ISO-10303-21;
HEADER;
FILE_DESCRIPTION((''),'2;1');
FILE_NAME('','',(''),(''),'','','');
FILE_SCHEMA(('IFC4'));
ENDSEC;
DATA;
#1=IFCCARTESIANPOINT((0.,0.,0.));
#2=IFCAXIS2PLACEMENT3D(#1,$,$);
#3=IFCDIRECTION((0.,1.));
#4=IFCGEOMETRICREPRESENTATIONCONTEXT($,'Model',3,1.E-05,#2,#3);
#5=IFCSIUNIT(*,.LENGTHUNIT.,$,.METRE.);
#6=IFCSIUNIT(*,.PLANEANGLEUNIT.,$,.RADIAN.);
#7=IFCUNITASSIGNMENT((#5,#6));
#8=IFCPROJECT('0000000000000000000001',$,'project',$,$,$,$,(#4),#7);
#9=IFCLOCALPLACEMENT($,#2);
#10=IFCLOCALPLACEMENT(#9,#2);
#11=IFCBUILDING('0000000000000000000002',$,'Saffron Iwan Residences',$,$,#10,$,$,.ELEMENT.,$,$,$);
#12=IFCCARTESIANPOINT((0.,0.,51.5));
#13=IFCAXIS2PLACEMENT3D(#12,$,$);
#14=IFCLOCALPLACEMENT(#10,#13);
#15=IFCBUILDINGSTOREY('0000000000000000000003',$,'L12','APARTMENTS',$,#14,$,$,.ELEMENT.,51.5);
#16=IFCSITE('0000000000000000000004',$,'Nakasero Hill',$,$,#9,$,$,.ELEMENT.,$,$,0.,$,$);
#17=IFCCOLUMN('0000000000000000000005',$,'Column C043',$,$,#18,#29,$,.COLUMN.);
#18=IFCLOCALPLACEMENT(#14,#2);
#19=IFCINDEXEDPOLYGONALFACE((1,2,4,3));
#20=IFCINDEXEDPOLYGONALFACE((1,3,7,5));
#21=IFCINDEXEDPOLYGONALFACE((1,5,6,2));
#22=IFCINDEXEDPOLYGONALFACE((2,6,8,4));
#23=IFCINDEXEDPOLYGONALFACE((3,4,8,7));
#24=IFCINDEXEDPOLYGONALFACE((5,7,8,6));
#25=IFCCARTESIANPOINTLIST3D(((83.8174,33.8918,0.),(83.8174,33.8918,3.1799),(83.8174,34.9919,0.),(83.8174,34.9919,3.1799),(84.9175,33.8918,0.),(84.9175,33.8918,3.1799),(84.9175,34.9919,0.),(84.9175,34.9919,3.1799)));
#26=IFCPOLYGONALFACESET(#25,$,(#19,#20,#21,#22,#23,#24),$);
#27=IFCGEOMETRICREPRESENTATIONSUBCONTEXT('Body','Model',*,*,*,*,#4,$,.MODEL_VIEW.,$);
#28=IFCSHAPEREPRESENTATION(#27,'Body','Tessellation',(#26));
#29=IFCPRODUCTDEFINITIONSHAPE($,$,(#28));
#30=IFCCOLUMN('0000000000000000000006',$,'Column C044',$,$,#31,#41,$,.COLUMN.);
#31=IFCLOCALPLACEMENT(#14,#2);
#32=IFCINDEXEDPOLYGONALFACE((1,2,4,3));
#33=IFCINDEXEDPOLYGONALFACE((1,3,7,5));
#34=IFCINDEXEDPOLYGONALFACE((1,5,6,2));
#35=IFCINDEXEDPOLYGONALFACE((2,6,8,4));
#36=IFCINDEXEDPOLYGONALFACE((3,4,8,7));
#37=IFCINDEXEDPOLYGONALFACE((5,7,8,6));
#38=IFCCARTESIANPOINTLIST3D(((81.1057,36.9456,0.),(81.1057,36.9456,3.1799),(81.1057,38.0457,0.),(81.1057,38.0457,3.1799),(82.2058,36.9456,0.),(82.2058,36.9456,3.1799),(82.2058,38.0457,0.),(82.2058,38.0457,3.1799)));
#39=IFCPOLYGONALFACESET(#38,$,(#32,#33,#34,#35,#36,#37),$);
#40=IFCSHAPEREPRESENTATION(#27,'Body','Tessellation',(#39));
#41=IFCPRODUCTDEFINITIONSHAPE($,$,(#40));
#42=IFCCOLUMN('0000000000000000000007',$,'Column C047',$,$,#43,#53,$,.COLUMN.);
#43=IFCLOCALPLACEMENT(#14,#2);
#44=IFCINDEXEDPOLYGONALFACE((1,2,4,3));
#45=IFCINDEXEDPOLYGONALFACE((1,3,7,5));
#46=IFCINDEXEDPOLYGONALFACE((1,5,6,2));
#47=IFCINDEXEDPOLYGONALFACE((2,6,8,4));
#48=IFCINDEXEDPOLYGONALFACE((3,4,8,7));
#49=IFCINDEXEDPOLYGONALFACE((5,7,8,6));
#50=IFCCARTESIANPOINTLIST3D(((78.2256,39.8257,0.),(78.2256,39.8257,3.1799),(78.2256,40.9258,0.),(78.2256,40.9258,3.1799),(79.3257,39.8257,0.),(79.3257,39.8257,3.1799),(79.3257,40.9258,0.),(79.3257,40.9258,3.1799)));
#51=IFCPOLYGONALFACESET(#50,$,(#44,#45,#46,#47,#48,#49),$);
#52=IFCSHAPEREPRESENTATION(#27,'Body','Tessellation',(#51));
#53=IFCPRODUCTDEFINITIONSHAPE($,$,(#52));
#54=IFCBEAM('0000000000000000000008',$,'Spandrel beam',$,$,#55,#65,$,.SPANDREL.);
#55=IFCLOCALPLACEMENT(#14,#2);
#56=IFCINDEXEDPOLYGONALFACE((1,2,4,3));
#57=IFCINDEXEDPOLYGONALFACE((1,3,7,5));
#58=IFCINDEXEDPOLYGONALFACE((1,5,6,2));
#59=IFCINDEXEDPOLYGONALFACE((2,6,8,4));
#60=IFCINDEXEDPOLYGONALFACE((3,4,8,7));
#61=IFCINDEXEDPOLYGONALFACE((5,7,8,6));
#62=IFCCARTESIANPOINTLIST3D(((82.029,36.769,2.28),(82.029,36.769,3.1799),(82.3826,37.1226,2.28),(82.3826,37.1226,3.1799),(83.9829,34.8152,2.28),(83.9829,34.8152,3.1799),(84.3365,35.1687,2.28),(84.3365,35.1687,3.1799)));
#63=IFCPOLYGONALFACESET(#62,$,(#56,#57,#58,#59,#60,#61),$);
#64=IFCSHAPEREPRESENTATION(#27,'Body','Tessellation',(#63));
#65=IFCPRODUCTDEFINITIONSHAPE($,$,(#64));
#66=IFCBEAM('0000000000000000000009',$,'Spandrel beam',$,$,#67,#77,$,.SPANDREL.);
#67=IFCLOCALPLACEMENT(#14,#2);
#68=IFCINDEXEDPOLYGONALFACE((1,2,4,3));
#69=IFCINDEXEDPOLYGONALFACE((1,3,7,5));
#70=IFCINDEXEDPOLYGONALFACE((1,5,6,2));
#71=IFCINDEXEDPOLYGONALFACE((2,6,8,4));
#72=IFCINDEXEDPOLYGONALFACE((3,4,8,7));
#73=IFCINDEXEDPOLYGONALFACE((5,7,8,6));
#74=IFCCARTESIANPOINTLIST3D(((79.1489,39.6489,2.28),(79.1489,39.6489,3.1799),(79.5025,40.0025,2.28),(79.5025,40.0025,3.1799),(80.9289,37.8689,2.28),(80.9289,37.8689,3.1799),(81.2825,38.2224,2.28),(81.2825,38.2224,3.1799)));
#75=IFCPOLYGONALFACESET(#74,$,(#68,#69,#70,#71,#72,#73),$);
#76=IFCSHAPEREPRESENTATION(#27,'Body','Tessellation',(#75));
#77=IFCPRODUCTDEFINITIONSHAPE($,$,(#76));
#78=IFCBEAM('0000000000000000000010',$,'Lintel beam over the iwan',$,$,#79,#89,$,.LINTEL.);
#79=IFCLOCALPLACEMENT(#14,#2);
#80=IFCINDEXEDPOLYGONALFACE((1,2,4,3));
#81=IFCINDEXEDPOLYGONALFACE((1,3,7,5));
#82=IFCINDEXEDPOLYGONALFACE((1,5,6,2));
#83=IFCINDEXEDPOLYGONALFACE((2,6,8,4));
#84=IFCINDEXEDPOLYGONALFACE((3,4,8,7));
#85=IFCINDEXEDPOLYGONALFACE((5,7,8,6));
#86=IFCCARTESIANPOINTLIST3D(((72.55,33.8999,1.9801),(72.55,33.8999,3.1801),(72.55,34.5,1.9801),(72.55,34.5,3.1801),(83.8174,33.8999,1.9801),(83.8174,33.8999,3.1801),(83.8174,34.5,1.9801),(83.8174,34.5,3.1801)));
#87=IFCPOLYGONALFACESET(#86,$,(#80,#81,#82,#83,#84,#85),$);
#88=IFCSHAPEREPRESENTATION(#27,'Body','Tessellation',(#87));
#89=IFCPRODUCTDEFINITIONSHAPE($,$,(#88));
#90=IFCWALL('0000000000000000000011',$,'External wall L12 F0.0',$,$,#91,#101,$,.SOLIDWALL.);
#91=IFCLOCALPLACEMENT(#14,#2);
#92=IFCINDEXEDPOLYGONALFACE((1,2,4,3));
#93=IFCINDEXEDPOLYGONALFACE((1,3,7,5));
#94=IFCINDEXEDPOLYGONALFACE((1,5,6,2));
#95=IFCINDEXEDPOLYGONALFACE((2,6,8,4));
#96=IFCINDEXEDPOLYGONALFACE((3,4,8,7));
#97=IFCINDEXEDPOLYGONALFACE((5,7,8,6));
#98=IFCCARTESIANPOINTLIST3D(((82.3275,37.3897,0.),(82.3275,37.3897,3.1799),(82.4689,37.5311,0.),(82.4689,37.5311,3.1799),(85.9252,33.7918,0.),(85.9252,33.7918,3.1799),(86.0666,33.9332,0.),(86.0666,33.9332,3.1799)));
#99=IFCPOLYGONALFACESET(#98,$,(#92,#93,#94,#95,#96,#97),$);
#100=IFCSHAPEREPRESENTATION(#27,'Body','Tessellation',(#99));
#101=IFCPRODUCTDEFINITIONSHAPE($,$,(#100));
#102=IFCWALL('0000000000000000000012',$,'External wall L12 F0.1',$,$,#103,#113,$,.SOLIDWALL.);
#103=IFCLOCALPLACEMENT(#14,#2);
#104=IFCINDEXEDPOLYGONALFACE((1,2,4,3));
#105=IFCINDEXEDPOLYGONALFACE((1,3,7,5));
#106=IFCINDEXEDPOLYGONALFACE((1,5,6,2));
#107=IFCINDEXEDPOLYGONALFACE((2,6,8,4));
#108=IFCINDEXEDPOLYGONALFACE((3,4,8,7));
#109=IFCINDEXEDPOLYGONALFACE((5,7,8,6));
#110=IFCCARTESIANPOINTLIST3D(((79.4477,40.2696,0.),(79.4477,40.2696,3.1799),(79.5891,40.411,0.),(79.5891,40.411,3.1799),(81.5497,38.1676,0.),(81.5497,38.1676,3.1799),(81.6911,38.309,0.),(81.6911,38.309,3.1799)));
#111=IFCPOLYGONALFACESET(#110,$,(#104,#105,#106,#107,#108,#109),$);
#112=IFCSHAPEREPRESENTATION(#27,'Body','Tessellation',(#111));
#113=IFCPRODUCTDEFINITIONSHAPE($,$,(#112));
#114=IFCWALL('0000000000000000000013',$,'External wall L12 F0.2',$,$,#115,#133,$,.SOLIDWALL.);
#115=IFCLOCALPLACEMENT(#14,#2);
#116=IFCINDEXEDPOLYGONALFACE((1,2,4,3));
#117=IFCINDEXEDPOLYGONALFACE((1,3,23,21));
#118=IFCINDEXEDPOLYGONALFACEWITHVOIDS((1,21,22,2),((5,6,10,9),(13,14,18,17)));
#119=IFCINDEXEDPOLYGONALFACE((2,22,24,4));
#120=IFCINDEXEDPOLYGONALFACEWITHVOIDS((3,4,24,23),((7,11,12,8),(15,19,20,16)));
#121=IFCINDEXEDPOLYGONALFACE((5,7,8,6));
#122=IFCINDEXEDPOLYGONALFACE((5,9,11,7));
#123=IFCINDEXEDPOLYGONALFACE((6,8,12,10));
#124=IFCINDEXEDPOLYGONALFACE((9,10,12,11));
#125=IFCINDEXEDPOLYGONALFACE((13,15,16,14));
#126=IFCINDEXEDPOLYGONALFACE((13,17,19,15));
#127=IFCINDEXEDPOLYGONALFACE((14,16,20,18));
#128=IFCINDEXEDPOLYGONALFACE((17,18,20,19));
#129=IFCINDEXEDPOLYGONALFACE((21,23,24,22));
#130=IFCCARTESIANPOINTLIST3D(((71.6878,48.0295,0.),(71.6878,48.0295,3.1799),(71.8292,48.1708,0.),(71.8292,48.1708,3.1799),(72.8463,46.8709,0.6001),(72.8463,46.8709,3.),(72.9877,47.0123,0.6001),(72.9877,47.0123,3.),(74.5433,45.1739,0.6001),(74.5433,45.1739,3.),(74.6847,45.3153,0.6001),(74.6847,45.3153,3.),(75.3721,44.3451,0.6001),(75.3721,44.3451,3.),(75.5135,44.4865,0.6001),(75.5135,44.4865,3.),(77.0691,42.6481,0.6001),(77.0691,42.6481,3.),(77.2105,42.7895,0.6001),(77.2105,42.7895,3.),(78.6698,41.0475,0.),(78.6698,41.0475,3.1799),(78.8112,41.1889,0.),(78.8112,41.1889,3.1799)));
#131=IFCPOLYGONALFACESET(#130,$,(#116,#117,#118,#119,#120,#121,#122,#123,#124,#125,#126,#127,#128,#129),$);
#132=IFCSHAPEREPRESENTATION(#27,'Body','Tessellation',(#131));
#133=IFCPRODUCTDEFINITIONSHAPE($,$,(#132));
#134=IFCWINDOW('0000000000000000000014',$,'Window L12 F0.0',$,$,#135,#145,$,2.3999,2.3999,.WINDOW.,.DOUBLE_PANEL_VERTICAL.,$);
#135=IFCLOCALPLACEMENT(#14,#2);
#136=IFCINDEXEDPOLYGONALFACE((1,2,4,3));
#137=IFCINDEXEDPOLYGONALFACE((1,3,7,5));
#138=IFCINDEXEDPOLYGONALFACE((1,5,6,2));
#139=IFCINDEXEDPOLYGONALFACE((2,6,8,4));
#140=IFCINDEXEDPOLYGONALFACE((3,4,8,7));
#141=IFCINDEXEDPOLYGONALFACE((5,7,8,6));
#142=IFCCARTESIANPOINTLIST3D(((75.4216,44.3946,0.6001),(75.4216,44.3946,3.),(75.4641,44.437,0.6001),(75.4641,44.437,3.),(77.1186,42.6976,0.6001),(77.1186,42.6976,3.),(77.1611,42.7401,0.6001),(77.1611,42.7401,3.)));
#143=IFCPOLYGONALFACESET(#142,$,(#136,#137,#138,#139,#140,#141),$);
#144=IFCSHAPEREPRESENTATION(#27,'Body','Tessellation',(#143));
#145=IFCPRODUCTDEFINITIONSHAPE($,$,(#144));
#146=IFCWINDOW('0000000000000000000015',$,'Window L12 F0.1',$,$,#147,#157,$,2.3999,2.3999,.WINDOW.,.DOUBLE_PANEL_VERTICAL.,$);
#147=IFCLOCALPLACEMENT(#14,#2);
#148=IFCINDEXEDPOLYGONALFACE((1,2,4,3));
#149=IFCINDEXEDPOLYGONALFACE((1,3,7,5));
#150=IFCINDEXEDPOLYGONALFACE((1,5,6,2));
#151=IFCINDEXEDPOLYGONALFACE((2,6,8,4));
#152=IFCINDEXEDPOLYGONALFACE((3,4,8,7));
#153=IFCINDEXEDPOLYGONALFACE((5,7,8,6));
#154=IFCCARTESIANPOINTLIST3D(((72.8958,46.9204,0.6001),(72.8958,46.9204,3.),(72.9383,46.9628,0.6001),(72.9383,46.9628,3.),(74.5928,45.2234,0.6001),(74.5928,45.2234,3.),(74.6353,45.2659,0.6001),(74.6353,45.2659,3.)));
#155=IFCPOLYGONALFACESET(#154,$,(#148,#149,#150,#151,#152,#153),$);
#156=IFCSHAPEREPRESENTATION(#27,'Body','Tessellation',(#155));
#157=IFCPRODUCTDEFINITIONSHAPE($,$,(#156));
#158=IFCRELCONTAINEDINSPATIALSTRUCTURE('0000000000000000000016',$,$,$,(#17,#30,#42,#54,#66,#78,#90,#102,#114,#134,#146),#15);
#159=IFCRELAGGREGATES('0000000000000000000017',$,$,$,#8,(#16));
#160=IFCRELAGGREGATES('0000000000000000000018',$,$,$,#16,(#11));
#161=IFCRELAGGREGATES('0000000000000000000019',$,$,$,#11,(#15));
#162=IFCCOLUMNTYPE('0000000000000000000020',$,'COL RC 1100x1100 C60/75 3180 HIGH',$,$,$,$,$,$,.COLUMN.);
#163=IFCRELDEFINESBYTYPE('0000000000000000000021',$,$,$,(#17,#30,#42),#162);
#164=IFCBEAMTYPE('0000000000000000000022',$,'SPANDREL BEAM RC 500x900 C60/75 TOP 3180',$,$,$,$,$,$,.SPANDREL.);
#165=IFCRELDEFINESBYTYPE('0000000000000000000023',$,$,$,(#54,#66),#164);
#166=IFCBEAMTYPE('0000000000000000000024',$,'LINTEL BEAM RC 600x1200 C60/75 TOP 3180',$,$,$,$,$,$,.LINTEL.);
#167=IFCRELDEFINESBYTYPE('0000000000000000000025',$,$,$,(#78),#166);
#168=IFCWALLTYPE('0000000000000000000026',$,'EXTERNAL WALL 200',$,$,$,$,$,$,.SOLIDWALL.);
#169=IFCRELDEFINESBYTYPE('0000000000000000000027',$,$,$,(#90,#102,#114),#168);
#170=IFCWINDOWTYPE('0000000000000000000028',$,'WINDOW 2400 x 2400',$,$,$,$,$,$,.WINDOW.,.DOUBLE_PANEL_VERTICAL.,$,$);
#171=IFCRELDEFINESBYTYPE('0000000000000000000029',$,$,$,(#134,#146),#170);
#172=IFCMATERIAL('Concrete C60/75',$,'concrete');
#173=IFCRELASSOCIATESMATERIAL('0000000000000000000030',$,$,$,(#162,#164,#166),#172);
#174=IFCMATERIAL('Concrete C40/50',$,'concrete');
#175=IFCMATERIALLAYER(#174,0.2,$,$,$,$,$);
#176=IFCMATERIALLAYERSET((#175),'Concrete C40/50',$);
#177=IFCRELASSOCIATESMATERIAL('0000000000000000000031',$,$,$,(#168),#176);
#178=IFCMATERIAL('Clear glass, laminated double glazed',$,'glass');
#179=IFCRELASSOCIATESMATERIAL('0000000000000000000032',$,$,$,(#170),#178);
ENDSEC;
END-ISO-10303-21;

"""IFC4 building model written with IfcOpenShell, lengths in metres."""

from ifc_helpers import new_model, si_unit, direction, frame, frame_2d, origin, origin_2d, place, context, subcontext, project, spatial, rectangle, extrude, source, transform, mapped, material, layer, layer_set, material_profile, profile_set, type_object, element, fill, save


model = new_model("IFC4")

# Units and contexts
model_context = context("Model", 3, precision=1e-05, world=origin(), true_north=direction((0.0, 1.0)))
body_context = subcontext(model_context, "Body", "Model", "MODEL_VIEW")
ifc_project = project(units=[si_unit("LENGTHUNIT", "METRE"), si_unit("PLANEANGLEUNIT", "RADIAN")], contexts=[model_context])

# Site, building, storey
site_placement = place(None, origin())
site = spatial("IfcSite", under=ifc_project, at=site_placement, Name="Nakasero Hill", CompositionType="ELEMENT", RefElevation=0.0)
building_placement = place(site_placement, origin())
building = spatial("IfcBuilding", under=site, at=building_placement, Name="Saffron Iwan Residences", CompositionType="ELEMENT")
storey_placement = place(building_placement, frame((0.0, 0.0, 51.5)))
storey = spatial("IfcBuildingStorey", under=building, at=storey_placement, Name="L12", Description="APARTMENTS", CompositionType="ELEMENT", Elevation=51.5)

# Columns
ifc_material_1 = material(Name="Concrete C60/75", Category="concrete")
ifc_material_profile_1 = material_profile(ifc_material_1, rectangle(XDim=1.1001, YDim=1.1001, at=origin_2d()), Name="RC 1100x1100")
ifc_profile_set_1 = profile_set([ifc_material_profile_1], Name="Concrete C60/75")
column_type = type_object("IfcColumnType", Name="COL RC 1100x1100 C60/75 3180 HIGH", PredefinedType="COLUMN", material=ifc_profile_set_1)
shared_shape_1 = source(origin(), body_context, "Body", "SweptSolid", [
    extrude(rectangle(XDim=1.1001, YDim=1.1001, at=origin_2d()), origin(), (0.0, 0.0, 1.0), 3.1799),
])
for number, where, z_axis, x_axis, name in (
    (1, (84.3674, 34.4419, 0.0), (0.0, 0.0, 1.0), (1.0, 0.0, 0.0), "Column C043"),
    (2, (81.6558, 37.4956, 0.0), (0.0, 0.0, 1.0), (1.0, 0.0, 0.0), "Column C044"),
    (3, (78.7756, 40.3757, 0.0), (0.0, 0.0, 1.0), (1.0, 0.0, 0.0), "Column C047"),
):
    element("IfcColumn", number, at=place(storey_placement, frame(where, z_axis=z_axis, x_axis=x_axis)), inside=storey, type_object=column_type, Name=name, PredefinedType="COLUMN", context=body_context, shape_type="MappedRepresentation", body=[
        mapped(shared_shape_1, transform((0.0, 0.0, 0.0))),
    ])

# Beams
ifc_material_profile_2 = material_profile(ifc_material_1, rectangle(XDim=0.5, YDim=0.8999, at=origin_2d()), Name="RC 500x900")
ifc_profile_set_2 = profile_set([ifc_material_profile_2], Name="Concrete C60/75")
beam_type_1 = type_object("IfcBeamType", Name="SPANDREL BEAM RC 500x900 C60/75 TOP 3180", PredefinedType="SPANDREL", material=ifc_profile_set_2)
shared_shape_2 = source(origin(), body_context, "Body", "SweptSolid", [
    extrude(rectangle(XDim=0.5, YDim=0.8999, at=origin_2d()), origin(), (0.0, 0.0, 1.0), 2.7632),
])
beam_1_placement = place(storey_placement, frame((82.2058, 36.9458, 2.73), z_axis=(0.707107, -0.707107, 0.0), x_axis=(0.707107, 0.707107, 0.0)))
element("IfcBeam", 4, at=beam_1_placement, inside=storey, type_object=beam_type_1, Name="Spandrel beam", PredefinedType="SPANDREL", context=body_context, shape_type="MappedRepresentation", body=[
    mapped(shared_shape_2, transform((0.0, 0.0, 0.0))),
])
shared_shape_3 = source(origin(), body_context, "Body", "SweptSolid", [
    extrude(rectangle(XDim=0.5, YDim=0.8999, at=origin_2d()), origin(), (0.0, 0.0, 1.0), 2.5173),
])
beam_2_placement = place(storey_placement, frame((79.3257, 39.8257, 2.73), z_axis=(0.707107, -0.707107, 0.0), x_axis=(0.707107, 0.707107, 0.0)))
element("IfcBeam", 5, at=beam_2_placement, inside=storey, type_object=beam_type_1, Name="Spandrel beam", PredefinedType="SPANDREL", context=body_context, shape_type="MappedRepresentation", body=[
    mapped(shared_shape_3, transform((0.0, 0.0, 0.0))),
])
ifc_material_profile_3 = material_profile(ifc_material_1, rectangle(XDim=0.6001, YDim=1.2, at=origin_2d()), Name="RC 600x1200")
ifc_profile_set_3 = profile_set([ifc_material_profile_3], Name="Concrete C60/75")
beam_type_2 = type_object("IfcBeamType", Name="LINTEL BEAM RC 600x1200 C60/75 TOP 3180", PredefinedType="LINTEL", material=ifc_profile_set_3)
shared_shape_4 = source(origin(), body_context, "Body", "SweptSolid", [
    extrude(rectangle(XDim=0.6001, YDim=1.2, at=origin_2d()), origin(), (0.0, 0.0, 1.0), 11.2673),
])
beam_3_placement = place(storey_placement, frame((83.8174, 34.2, 2.5801), z_axis=(-1.0, 0.0, 0.0), x_axis=(0.0, -1.0, 0.0)))
element("IfcBeam", 6, at=beam_3_placement, inside=storey, type_object=beam_type_2, Name="Lintel beam over the iwan", PredefinedType="LINTEL", context=body_context, shape_type="MappedRepresentation", body=[
    mapped(shared_shape_4, transform((0.0, 0.0, 0.0))),
])

# Walls
ifc_material_2 = material(Name="Concrete C40/50", Category="concrete")
ifc_layer_1 = layer(ifc_material_2, 0.2)
ifc_layer_set_1 = layer_set([ifc_layer_1], Name="Concrete C40/50")
wall_type_1 = type_object("IfcWallType", Name="EXTERNAL WALL 200", PredefinedType="SOLIDWALL", material=ifc_layer_set_1)
wall_1_placement = place(storey_placement, frame((85.9958, 33.8625, 0.0), z_axis=(0.0, 0.0, 1.0), x_axis=(-0.707083, 0.707131, 0.0)))
element("IfcWall", 7, at=wall_1_placement, inside=storey, type_object=wall_type_1, Name="External wall L12 F0.0", PredefinedType="SOLIDWALL", context=body_context, shape_type="SweptSolid", body=[
    extrude(rectangle(XDim=5.0881, YDim=0.2, at=frame_2d((2.5439, 0.0))), origin(), (0.0, 0.0, 1.0), 3.1799),
])
wall_2_placement = place(storey_placement, frame((81.6204, 38.2383, 0.0), z_axis=(0.0, 0.0, 1.0), x_axis=(-0.707107, 0.707107, 0.0)))
element("IfcWall", 8, at=wall_2_placement, inside=storey, type_object=wall_type_1, Name="External wall L12 F0.1", PredefinedType="SOLIDWALL", context=body_context, shape_type="SweptSolid", body=[
    extrude(rectangle(XDim=2.9727, YDim=0.2, at=frame_2d((1.4863, 0.0))), origin(), (0.0, 0.0, 1.0), 3.1799),
])

# Wall, openings, windows
wall_3_placement = place(storey_placement, frame((78.7405, 41.1182, 0.0), z_axis=(0.0, 0.0, 1.0), x_axis=(-0.707107, 0.707107, 0.0)))
wall_3 = element("IfcWall", 9, at=wall_3_placement, inside=storey, type_object=wall_type_1, Name="External wall L12 F0.2", PredefinedType="SOLIDWALL", context=body_context, shape_type="SweptSolid", body=[
    extrude(rectangle(XDim=9.874, YDim=0.2, at=frame_2d((4.937, 0.0))), origin(), (0.0, 0.0, 1.0), 3.1799),
])
opening_1_placement = place(wall_3_placement, frame((2.2637, 0.0, 0.6001)))
opening_1 = element("IfcOpeningElement", 10, at=opening_1_placement, cuts=wall_3, PredefinedType="OPENING", context=body_context, shape_type="SweptSolid", body=[
    extrude(rectangle(XDim=2.3999, YDim=2.3999, at=frame_2d((1.2, 1.2))), frame((0.0, 0.1099, 0.0), z_axis=(0.0, -1.0, 0.0), x_axis=(1.0, 0.0, 0.0)), (0.0, 0.0, 1.0), 0.22),
])
opening_2_placement = place(wall_3_placement, frame((5.8357, 0.0, 0.6001)))
opening_2 = element("IfcOpeningElement", 11, at=opening_2_placement, cuts=wall_3, PredefinedType="OPENING", context=body_context, shape_type="SweptSolid", body=[
    extrude(rectangle(XDim=2.3999, YDim=2.3999, at=frame_2d((1.2, 1.2))), frame((0.0, 0.1099, 0.0), z_axis=(0.0, -1.0, 0.0), x_axis=(1.0, 0.0, 0.0)), (0.0, 0.0, 1.0), 0.22),
])
ifc_material_3 = material(Name="Clear glass, laminated double glazed", Category="glass")
window_type = type_object("IfcWindowType", Name="WINDOW 2400 x 2400", PartitioningType="DOUBLE_PANEL_VERTICAL", PredefinedType="WINDOW", material=ifc_material_3)
window_1_placement = place(opening_1_placement, origin())
window_1 = element("IfcWindow", 12, at=window_1_placement, inside=storey, type_object=window_type, Name="Window L12 F0.0", OverallHeight=2.3999, OverallWidth=2.3999, PartitioningType="DOUBLE_PANEL_VERTICAL", PredefinedType="WINDOW", context=body_context, shape_type="SweptSolid", body=[
    extrude(rectangle(XDim=2.3999, YDim=2.3999, at=frame_2d((1.2, 1.2))), frame((0.0, 0.03, 0.0), z_axis=(0.0, -1.0, 0.0), x_axis=(1.0, 0.0, 0.0)), (0.0, 0.0, 1.0), 0.0601),
])
fill(opening_1, window_1)
window_2_placement = place(opening_2_placement, origin())
window_2 = element("IfcWindow", 13, at=window_2_placement, inside=storey, type_object=window_type, Name="Window L12 F0.1", OverallHeight=2.3999, OverallWidth=2.3999, PartitioningType="DOUBLE_PANEL_VERTICAL", PredefinedType="WINDOW", context=body_context, shape_type="SweptSolid", body=[
    extrude(rectangle(XDim=2.3999, YDim=2.3999, at=frame_2d((1.2, 1.2))), frame((0.0, 0.03, 0.0), z_axis=(0.0, -1.0, 0.0), x_axis=(1.0, 0.0, 0.0)), (0.0, 0.0, 1.0), 0.0601),
])
fill(opening_2, window_2)

save(model, "model.ifc")
